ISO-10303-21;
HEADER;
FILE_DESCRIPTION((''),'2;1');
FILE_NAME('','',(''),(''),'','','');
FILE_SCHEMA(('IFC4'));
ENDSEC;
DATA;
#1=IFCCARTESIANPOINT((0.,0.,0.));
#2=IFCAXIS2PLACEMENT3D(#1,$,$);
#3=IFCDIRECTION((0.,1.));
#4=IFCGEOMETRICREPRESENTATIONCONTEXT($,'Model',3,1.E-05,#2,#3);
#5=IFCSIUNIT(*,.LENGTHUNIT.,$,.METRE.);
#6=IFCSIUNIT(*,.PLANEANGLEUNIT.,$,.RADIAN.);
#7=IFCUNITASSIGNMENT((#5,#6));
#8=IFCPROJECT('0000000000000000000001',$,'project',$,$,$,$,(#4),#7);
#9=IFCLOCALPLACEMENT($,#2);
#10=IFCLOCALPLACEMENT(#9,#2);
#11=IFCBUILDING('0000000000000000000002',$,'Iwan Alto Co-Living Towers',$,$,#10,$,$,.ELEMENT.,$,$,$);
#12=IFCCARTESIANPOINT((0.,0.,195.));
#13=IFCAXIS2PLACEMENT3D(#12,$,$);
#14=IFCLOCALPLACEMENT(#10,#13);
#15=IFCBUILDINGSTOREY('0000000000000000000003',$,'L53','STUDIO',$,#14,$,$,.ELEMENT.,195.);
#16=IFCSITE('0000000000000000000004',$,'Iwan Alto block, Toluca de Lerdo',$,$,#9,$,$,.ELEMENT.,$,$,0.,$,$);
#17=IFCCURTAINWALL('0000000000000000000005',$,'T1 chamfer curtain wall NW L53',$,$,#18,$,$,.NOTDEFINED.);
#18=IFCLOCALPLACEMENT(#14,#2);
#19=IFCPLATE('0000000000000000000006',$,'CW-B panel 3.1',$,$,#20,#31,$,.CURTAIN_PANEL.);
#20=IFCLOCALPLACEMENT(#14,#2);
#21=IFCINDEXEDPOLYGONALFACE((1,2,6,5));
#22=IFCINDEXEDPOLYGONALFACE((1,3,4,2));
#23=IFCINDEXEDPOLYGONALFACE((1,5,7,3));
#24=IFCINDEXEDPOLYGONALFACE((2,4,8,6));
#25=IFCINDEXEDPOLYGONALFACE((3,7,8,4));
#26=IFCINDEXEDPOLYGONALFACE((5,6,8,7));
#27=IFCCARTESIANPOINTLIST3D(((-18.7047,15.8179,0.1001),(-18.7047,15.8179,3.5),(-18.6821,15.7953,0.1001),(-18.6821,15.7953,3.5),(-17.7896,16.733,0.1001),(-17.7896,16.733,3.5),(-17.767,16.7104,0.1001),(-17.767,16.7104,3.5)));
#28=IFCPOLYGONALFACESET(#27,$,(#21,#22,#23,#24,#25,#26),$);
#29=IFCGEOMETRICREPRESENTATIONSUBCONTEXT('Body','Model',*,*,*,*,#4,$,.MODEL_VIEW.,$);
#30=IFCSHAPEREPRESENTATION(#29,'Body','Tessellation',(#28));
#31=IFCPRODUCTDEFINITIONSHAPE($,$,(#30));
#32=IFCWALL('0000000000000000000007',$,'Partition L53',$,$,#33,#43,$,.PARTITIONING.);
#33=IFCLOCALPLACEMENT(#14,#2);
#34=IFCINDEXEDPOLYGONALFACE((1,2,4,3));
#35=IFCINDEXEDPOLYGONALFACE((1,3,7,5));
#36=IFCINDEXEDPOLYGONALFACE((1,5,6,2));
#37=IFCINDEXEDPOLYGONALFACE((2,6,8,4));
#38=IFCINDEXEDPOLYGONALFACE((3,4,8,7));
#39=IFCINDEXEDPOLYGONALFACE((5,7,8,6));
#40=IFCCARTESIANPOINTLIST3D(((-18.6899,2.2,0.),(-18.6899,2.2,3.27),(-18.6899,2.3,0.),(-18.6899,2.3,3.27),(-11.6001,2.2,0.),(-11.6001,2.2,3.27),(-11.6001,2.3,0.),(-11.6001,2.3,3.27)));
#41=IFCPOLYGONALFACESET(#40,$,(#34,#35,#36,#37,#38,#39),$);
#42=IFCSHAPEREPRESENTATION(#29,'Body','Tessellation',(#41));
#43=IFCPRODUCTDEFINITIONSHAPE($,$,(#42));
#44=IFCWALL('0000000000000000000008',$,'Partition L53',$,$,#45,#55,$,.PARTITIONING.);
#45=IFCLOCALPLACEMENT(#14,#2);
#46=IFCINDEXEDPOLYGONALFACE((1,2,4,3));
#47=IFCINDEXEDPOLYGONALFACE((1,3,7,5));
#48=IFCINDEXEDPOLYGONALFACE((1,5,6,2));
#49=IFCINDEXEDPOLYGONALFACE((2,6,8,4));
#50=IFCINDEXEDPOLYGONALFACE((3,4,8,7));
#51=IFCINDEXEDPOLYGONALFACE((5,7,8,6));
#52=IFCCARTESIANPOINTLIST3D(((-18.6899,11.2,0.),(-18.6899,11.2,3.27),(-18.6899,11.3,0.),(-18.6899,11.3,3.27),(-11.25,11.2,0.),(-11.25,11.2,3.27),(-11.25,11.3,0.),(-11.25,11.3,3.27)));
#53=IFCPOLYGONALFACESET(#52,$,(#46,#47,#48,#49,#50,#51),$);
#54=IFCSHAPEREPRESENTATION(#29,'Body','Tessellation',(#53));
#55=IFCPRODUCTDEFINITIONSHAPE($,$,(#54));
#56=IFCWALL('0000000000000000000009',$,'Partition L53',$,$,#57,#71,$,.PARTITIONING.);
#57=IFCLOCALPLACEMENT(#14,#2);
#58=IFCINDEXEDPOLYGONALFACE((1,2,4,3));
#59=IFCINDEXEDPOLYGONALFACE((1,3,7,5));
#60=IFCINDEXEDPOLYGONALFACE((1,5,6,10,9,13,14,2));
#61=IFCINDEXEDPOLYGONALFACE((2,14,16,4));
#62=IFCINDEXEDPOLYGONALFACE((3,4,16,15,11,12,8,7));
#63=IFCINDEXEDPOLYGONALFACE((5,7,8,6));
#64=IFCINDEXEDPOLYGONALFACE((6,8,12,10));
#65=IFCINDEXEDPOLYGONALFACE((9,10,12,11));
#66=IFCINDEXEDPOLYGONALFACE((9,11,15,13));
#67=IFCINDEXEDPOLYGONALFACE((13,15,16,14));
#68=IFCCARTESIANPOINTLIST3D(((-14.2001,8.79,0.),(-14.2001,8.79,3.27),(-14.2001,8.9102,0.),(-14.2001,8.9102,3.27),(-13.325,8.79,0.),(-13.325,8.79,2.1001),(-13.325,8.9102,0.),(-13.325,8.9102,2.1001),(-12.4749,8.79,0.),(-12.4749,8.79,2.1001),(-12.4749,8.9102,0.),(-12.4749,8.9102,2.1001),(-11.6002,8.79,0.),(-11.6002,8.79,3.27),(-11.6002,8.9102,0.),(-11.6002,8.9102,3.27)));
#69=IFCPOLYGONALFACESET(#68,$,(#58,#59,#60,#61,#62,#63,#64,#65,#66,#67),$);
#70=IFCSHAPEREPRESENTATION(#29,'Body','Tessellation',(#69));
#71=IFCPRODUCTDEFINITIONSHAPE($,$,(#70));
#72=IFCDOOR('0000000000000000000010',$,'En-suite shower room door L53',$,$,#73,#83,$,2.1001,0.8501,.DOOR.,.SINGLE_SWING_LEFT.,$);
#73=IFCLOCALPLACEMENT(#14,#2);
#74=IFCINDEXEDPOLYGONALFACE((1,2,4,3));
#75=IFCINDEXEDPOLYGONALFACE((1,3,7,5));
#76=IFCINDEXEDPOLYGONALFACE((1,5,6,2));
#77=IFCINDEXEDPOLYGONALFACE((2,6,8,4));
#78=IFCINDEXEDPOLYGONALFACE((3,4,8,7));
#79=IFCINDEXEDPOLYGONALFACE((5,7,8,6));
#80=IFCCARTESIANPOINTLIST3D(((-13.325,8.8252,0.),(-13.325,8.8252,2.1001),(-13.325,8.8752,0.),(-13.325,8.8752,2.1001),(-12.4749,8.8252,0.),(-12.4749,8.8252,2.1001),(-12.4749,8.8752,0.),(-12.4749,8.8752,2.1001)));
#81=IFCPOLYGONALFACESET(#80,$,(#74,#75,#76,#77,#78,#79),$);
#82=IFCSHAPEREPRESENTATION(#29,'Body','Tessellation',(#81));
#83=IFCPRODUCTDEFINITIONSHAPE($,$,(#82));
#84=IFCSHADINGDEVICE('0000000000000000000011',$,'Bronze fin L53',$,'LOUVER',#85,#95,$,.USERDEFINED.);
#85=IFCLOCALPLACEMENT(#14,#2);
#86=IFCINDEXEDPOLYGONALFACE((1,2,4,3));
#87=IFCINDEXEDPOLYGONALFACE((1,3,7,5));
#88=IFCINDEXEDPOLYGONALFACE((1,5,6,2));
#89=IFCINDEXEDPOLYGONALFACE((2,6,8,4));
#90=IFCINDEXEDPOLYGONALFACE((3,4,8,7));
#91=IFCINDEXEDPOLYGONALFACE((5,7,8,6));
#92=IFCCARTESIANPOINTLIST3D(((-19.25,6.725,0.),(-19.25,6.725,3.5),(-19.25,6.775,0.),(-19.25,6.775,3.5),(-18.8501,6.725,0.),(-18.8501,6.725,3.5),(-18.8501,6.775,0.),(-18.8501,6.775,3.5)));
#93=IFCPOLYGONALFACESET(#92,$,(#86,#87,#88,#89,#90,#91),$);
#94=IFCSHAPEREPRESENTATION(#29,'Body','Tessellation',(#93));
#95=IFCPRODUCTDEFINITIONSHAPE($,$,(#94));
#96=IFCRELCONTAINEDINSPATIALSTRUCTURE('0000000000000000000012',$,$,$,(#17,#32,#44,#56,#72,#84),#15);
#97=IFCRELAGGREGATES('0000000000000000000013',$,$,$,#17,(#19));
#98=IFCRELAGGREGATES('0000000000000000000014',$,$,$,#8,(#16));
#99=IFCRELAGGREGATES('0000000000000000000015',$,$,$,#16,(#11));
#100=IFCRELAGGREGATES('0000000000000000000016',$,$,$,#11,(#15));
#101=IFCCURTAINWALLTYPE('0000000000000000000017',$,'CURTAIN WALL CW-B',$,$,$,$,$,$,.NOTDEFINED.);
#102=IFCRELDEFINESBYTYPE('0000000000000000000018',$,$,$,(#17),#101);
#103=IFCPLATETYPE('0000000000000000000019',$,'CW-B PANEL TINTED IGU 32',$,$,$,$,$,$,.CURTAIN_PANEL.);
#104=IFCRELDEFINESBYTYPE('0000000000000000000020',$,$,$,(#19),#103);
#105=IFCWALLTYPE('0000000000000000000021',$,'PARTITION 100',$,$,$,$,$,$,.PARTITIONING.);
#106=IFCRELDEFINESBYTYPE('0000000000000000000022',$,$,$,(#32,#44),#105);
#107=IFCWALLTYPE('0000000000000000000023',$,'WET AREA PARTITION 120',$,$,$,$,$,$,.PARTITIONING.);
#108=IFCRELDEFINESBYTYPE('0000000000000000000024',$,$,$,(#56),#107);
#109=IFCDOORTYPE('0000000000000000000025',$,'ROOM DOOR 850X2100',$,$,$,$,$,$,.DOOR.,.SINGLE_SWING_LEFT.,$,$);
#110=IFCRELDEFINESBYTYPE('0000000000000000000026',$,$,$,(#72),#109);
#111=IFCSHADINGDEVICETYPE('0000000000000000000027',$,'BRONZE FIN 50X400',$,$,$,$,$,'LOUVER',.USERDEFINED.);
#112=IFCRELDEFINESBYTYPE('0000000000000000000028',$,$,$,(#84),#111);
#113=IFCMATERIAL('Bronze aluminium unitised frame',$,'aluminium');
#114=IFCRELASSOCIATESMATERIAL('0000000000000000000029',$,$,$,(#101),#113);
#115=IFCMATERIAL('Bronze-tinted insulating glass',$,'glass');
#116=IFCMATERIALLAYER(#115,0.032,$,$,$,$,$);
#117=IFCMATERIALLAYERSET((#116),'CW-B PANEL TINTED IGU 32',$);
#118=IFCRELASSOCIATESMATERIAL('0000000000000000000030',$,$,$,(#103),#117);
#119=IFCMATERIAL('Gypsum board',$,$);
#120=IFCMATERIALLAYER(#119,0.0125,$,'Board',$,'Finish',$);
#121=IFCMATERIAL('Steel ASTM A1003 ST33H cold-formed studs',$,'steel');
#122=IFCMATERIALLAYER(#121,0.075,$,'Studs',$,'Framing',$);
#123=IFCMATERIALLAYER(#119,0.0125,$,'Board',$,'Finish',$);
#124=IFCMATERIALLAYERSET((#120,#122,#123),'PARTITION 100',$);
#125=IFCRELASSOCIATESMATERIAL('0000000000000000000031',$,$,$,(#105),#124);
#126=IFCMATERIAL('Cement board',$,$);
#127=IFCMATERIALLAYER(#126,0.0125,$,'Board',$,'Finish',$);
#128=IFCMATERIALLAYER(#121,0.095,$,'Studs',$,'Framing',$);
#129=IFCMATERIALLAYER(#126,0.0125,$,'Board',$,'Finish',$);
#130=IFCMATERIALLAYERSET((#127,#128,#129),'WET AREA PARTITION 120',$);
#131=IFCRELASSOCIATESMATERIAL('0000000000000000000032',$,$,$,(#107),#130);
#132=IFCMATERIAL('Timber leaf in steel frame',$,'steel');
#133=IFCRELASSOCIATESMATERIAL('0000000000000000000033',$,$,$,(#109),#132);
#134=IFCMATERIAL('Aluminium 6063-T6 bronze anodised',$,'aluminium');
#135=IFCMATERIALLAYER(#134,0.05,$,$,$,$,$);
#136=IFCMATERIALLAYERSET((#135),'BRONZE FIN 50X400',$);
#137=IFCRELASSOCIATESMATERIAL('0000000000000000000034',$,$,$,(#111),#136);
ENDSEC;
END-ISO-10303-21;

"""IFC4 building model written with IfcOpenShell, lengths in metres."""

from ifc_helpers import new_model, si_unit, direction, frame, frame_2d, origin, origin_2d, place, context, subcontext, project, spatial, rectangle, extrude, material, layer, layer_set, type_object, element, fill, aggregate, save


model = new_model("IFC4")

# Units and contexts
model_context = context("Model", 3, precision=1e-05, world=origin(), true_north=direction((0.0, 1.0)))
body_context = subcontext(model_context, "Body", "Model", "MODEL_VIEW")
ifc_project = project(units=[si_unit("LENGTHUNIT", "METRE"), si_unit("PLANEANGLEUNIT", "RADIAN")], contexts=[model_context])

# Site, building, storey
site_placement = place(None, origin())
site = spatial("IfcSite", under=ifc_project, at=site_placement, Name="Iwan Alto block, Toluca de Lerdo", CompositionType="ELEMENT", RefElevation=0.0)
building_placement = place(site_placement, origin())
building = spatial("IfcBuilding", under=site, at=building_placement, Name="Iwan Alto Co-Living Towers", CompositionType="ELEMENT")
storey_placement = place(building_placement, frame((0.0, 0.0, 195.0)))
storey = spatial("IfcBuildingStorey", under=building, at=storey_placement, Name="L53", Description="STUDIO", CompositionType="ELEMENT", Elevation=195.0)

# Curtain wall
ifc_material_1 = material(Name="Bronze aluminium unitised frame", Category="aluminium")
curtain_wall_type_1 = type_object("IfcCurtainWallType", Name="CURTAIN WALL CW-B", PredefinedType="NOTDEFINED", material=ifc_material_1)
curtain_wall_1_placement = place(storey_placement, origin())
curtain_wall_1 = element("IfcCurtainWall", 1, at=curtain_wall_1_placement, inside=storey, type_object=curtain_wall_type_1, Name="T1 chamfer curtain wall NW L53", PredefinedType="NOTDEFINED")

# Plate
ifc_material_2 = material(Name="Bronze-tinted insulating glass", Category="glass")
ifc_layer_1 = layer(ifc_material_2, 0.032)
ifc_layer_set_1 = layer_set([ifc_layer_1], Name="CW-B PANEL TINTED IGU 32")
plate_type_1 = type_object("IfcPlateType", Name="CW-B PANEL TINTED IGU 32", PredefinedType="CURTAIN_PANEL", material=ifc_layer_set_1)
plate_1_placement = place(storey_placement, frame((-18.2358, 16.2642, 0.1001), z_axis=(0.0, 0.0, 1.0), x_axis=(-0.707107, -0.707107, 0.0)))
plate_1 = element("IfcPlate", 2, at=plate_1_placement, type_object=plate_type_1, Name="CW-B panel 3.1", PredefinedType="CURTAIN_PANEL", context=body_context, shape_type="SweptSolid", body=[
    extrude(rectangle(XDim=1.2942, YDim=0.032, at=origin_2d()), origin(), (0.0, 0.0, 1.0), 3.3999),
])
aggregate(curtain_wall_1, [plate_1])

# Walls
ifc_material_3 = material(Name="Gypsum board")
ifc_layer_2 = layer(ifc_material_3, 0.0125, Name="Board", Category="Finish")
ifc_material_4 = material(Name="Steel ASTM A1003 ST33H cold-formed studs", Category="steel")
ifc_layer_3 = layer(ifc_material_4, 0.075, Name="Studs", Category="Framing")
ifc_layer_4 = layer(ifc_material_3, 0.0125, Name="Board", Category="Finish")
ifc_layer_set_2 = layer_set([ifc_layer_2, ifc_layer_3, ifc_layer_4], Name="PARTITION 100")
wall_type_1 = type_object("IfcWallType", Name="PARTITION 100", PredefinedType="PARTITIONING", material=ifc_layer_set_2)
wall_1_placement = place(storey_placement, frame((-18.6899, 2.25, 0.0), z_axis=(0.0, 0.0, 1.0), x_axis=(1.0, 0.0, 0.0)))
element("IfcWall", 3, at=wall_1_placement, inside=storey, type_object=wall_type_1, Name="Partition L53", PredefinedType="PARTITIONING", context=body_context, shape_type="SweptSolid", body=[
    extrude(rectangle(XDim=7.0898, YDim=0.1001, at=frame_2d((3.5449, 0.0))), origin(), (0.0, 0.0, 1.0), 3.27),
])
wall_2_placement = place(storey_placement, frame((-18.6899, 11.25, 0.0), z_axis=(0.0, 0.0, 1.0), x_axis=(1.0, 0.0, 0.0)))
element("IfcWall", 4, at=wall_2_placement, inside=storey, type_object=wall_type_1, Name="Partition L53", PredefinedType="PARTITIONING", context=body_context, shape_type="SweptSolid", body=[
    extrude(rectangle(XDim=7.4399, YDim=0.1001, at=frame_2d((3.72, 0.0))), origin(), (0.0, 0.0, 1.0), 3.27),
])

# Wall, opening, door
ifc_material_5 = material(Name="Cement board")
ifc_layer_5 = layer(ifc_material_5, 0.0125, Name="Board", Category="Finish")
ifc_layer_6 = layer(ifc_material_4, 0.095, Name="Studs", Category="Framing")
ifc_layer_7 = layer(ifc_material_5, 0.0125, Name="Board", Category="Finish")
ifc_layer_set_3 = layer_set([ifc_layer_5, ifc_layer_6, ifc_layer_7], Name="WET AREA PARTITION 120")
wall_type_2 = type_object("IfcWallType", Name="WET AREA PARTITION 120", PredefinedType="PARTITIONING", material=ifc_layer_set_3)
wall_3_placement = place(storey_placement, frame((-14.2, 8.8501, 0.0), z_axis=(0.0, 0.0, 1.0), x_axis=(1.0, 0.0, 0.0)))
wall_3 = element("IfcWall", 5, at=wall_3_placement, inside=storey, type_object=wall_type_2, Name="Partition L53", PredefinedType="PARTITIONING", context=body_context, shape_type="SweptSolid", body=[
    extrude(rectangle(XDim=2.5999, YDim=0.1201, at=frame_2d((1.2998, 0.0))), origin(), (0.0, 0.0, 1.0), 3.27),
])
opening_placement = place(wall_3_placement, frame((0.875, 0.0, 0.0)))
opening = element("IfcOpeningElement", 6, at=opening_placement, cuts=wall_3, PredefinedType="OPENING", context=body_context, shape_type="SweptSolid", body=[
    extrude(rectangle(XDim=0.8501, YDim=2.1001, at=frame_2d((0.425, 1.05))), frame((0.0, 0.0701, 0.0), z_axis=(0.0, -1.0, 0.0), x_axis=(1.0, 0.0, 0.0)), (0.0, 0.0, 1.0), 0.1401),
])
ifc_material_6 = material(Name="Timber leaf in steel frame", Category="steel")
door_type = type_object("IfcDoorType", Name="ROOM DOOR 850X2100", OperationType="SINGLE_SWING_LEFT", PredefinedType="DOOR", material=ifc_material_6)
door_placement = place(opening_placement, frame((0.8501, 0.0, 0.0), z_axis=(0.0, 0.0, 1.0), x_axis=(-1.0, 0.0, 0.0)))
door = element("IfcDoor", 7, at=door_placement, inside=storey, type_object=door_type, Name="En-suite shower room door L53", OperationType="SINGLE_SWING_LEFT", OverallHeight=2.1001, OverallWidth=0.8501, PredefinedType="DOOR", context=body_context, shape_type="SweptSolid", body=[
    extrude(rectangle(XDim=0.8501, YDim=2.1001, at=frame_2d((0.425, 1.05))), frame((0.0, 0.0249, 0.0), z_axis=(0.0, -1.0, 0.0), x_axis=(1.0, 0.0, 0.0)), (0.0, 0.0, 1.0), 0.05),
])
fill(opening, door)

# Shading device
ifc_material_7 = material(Name="Aluminium 6063-T6 bronze anodised", Category="aluminium")
ifc_layer_8 = layer(ifc_material_7, 0.05)
ifc_layer_set_4 = layer_set([ifc_layer_8], Name="BRONZE FIN 50X400")
shading_device_type = type_object("IfcShadingDeviceType", Name="BRONZE FIN 50X400", ElementType="LOUVER", PredefinedType="USERDEFINED", material=ifc_layer_set_4)
shading_device_placement = place(storey_placement, frame((-19.05, 6.75, 0.0), z_axis=(0.0, 0.0, 1.0), x_axis=(0.0, -1.0, 0.0)))
element("IfcShadingDevice", 8, at=shading_device_placement, inside=storey, type_object=shading_device_type, Name="Bronze fin L53", ObjectType="LOUVER", PredefinedType="USERDEFINED", context=body_context, shape_type="SweptSolid", body=[
    extrude(rectangle(XDim=0.05, YDim=0.3999, at=origin_2d()), origin(), (0.0, 0.0, 1.0), 3.5),
])

save(model, "model.ifc")
